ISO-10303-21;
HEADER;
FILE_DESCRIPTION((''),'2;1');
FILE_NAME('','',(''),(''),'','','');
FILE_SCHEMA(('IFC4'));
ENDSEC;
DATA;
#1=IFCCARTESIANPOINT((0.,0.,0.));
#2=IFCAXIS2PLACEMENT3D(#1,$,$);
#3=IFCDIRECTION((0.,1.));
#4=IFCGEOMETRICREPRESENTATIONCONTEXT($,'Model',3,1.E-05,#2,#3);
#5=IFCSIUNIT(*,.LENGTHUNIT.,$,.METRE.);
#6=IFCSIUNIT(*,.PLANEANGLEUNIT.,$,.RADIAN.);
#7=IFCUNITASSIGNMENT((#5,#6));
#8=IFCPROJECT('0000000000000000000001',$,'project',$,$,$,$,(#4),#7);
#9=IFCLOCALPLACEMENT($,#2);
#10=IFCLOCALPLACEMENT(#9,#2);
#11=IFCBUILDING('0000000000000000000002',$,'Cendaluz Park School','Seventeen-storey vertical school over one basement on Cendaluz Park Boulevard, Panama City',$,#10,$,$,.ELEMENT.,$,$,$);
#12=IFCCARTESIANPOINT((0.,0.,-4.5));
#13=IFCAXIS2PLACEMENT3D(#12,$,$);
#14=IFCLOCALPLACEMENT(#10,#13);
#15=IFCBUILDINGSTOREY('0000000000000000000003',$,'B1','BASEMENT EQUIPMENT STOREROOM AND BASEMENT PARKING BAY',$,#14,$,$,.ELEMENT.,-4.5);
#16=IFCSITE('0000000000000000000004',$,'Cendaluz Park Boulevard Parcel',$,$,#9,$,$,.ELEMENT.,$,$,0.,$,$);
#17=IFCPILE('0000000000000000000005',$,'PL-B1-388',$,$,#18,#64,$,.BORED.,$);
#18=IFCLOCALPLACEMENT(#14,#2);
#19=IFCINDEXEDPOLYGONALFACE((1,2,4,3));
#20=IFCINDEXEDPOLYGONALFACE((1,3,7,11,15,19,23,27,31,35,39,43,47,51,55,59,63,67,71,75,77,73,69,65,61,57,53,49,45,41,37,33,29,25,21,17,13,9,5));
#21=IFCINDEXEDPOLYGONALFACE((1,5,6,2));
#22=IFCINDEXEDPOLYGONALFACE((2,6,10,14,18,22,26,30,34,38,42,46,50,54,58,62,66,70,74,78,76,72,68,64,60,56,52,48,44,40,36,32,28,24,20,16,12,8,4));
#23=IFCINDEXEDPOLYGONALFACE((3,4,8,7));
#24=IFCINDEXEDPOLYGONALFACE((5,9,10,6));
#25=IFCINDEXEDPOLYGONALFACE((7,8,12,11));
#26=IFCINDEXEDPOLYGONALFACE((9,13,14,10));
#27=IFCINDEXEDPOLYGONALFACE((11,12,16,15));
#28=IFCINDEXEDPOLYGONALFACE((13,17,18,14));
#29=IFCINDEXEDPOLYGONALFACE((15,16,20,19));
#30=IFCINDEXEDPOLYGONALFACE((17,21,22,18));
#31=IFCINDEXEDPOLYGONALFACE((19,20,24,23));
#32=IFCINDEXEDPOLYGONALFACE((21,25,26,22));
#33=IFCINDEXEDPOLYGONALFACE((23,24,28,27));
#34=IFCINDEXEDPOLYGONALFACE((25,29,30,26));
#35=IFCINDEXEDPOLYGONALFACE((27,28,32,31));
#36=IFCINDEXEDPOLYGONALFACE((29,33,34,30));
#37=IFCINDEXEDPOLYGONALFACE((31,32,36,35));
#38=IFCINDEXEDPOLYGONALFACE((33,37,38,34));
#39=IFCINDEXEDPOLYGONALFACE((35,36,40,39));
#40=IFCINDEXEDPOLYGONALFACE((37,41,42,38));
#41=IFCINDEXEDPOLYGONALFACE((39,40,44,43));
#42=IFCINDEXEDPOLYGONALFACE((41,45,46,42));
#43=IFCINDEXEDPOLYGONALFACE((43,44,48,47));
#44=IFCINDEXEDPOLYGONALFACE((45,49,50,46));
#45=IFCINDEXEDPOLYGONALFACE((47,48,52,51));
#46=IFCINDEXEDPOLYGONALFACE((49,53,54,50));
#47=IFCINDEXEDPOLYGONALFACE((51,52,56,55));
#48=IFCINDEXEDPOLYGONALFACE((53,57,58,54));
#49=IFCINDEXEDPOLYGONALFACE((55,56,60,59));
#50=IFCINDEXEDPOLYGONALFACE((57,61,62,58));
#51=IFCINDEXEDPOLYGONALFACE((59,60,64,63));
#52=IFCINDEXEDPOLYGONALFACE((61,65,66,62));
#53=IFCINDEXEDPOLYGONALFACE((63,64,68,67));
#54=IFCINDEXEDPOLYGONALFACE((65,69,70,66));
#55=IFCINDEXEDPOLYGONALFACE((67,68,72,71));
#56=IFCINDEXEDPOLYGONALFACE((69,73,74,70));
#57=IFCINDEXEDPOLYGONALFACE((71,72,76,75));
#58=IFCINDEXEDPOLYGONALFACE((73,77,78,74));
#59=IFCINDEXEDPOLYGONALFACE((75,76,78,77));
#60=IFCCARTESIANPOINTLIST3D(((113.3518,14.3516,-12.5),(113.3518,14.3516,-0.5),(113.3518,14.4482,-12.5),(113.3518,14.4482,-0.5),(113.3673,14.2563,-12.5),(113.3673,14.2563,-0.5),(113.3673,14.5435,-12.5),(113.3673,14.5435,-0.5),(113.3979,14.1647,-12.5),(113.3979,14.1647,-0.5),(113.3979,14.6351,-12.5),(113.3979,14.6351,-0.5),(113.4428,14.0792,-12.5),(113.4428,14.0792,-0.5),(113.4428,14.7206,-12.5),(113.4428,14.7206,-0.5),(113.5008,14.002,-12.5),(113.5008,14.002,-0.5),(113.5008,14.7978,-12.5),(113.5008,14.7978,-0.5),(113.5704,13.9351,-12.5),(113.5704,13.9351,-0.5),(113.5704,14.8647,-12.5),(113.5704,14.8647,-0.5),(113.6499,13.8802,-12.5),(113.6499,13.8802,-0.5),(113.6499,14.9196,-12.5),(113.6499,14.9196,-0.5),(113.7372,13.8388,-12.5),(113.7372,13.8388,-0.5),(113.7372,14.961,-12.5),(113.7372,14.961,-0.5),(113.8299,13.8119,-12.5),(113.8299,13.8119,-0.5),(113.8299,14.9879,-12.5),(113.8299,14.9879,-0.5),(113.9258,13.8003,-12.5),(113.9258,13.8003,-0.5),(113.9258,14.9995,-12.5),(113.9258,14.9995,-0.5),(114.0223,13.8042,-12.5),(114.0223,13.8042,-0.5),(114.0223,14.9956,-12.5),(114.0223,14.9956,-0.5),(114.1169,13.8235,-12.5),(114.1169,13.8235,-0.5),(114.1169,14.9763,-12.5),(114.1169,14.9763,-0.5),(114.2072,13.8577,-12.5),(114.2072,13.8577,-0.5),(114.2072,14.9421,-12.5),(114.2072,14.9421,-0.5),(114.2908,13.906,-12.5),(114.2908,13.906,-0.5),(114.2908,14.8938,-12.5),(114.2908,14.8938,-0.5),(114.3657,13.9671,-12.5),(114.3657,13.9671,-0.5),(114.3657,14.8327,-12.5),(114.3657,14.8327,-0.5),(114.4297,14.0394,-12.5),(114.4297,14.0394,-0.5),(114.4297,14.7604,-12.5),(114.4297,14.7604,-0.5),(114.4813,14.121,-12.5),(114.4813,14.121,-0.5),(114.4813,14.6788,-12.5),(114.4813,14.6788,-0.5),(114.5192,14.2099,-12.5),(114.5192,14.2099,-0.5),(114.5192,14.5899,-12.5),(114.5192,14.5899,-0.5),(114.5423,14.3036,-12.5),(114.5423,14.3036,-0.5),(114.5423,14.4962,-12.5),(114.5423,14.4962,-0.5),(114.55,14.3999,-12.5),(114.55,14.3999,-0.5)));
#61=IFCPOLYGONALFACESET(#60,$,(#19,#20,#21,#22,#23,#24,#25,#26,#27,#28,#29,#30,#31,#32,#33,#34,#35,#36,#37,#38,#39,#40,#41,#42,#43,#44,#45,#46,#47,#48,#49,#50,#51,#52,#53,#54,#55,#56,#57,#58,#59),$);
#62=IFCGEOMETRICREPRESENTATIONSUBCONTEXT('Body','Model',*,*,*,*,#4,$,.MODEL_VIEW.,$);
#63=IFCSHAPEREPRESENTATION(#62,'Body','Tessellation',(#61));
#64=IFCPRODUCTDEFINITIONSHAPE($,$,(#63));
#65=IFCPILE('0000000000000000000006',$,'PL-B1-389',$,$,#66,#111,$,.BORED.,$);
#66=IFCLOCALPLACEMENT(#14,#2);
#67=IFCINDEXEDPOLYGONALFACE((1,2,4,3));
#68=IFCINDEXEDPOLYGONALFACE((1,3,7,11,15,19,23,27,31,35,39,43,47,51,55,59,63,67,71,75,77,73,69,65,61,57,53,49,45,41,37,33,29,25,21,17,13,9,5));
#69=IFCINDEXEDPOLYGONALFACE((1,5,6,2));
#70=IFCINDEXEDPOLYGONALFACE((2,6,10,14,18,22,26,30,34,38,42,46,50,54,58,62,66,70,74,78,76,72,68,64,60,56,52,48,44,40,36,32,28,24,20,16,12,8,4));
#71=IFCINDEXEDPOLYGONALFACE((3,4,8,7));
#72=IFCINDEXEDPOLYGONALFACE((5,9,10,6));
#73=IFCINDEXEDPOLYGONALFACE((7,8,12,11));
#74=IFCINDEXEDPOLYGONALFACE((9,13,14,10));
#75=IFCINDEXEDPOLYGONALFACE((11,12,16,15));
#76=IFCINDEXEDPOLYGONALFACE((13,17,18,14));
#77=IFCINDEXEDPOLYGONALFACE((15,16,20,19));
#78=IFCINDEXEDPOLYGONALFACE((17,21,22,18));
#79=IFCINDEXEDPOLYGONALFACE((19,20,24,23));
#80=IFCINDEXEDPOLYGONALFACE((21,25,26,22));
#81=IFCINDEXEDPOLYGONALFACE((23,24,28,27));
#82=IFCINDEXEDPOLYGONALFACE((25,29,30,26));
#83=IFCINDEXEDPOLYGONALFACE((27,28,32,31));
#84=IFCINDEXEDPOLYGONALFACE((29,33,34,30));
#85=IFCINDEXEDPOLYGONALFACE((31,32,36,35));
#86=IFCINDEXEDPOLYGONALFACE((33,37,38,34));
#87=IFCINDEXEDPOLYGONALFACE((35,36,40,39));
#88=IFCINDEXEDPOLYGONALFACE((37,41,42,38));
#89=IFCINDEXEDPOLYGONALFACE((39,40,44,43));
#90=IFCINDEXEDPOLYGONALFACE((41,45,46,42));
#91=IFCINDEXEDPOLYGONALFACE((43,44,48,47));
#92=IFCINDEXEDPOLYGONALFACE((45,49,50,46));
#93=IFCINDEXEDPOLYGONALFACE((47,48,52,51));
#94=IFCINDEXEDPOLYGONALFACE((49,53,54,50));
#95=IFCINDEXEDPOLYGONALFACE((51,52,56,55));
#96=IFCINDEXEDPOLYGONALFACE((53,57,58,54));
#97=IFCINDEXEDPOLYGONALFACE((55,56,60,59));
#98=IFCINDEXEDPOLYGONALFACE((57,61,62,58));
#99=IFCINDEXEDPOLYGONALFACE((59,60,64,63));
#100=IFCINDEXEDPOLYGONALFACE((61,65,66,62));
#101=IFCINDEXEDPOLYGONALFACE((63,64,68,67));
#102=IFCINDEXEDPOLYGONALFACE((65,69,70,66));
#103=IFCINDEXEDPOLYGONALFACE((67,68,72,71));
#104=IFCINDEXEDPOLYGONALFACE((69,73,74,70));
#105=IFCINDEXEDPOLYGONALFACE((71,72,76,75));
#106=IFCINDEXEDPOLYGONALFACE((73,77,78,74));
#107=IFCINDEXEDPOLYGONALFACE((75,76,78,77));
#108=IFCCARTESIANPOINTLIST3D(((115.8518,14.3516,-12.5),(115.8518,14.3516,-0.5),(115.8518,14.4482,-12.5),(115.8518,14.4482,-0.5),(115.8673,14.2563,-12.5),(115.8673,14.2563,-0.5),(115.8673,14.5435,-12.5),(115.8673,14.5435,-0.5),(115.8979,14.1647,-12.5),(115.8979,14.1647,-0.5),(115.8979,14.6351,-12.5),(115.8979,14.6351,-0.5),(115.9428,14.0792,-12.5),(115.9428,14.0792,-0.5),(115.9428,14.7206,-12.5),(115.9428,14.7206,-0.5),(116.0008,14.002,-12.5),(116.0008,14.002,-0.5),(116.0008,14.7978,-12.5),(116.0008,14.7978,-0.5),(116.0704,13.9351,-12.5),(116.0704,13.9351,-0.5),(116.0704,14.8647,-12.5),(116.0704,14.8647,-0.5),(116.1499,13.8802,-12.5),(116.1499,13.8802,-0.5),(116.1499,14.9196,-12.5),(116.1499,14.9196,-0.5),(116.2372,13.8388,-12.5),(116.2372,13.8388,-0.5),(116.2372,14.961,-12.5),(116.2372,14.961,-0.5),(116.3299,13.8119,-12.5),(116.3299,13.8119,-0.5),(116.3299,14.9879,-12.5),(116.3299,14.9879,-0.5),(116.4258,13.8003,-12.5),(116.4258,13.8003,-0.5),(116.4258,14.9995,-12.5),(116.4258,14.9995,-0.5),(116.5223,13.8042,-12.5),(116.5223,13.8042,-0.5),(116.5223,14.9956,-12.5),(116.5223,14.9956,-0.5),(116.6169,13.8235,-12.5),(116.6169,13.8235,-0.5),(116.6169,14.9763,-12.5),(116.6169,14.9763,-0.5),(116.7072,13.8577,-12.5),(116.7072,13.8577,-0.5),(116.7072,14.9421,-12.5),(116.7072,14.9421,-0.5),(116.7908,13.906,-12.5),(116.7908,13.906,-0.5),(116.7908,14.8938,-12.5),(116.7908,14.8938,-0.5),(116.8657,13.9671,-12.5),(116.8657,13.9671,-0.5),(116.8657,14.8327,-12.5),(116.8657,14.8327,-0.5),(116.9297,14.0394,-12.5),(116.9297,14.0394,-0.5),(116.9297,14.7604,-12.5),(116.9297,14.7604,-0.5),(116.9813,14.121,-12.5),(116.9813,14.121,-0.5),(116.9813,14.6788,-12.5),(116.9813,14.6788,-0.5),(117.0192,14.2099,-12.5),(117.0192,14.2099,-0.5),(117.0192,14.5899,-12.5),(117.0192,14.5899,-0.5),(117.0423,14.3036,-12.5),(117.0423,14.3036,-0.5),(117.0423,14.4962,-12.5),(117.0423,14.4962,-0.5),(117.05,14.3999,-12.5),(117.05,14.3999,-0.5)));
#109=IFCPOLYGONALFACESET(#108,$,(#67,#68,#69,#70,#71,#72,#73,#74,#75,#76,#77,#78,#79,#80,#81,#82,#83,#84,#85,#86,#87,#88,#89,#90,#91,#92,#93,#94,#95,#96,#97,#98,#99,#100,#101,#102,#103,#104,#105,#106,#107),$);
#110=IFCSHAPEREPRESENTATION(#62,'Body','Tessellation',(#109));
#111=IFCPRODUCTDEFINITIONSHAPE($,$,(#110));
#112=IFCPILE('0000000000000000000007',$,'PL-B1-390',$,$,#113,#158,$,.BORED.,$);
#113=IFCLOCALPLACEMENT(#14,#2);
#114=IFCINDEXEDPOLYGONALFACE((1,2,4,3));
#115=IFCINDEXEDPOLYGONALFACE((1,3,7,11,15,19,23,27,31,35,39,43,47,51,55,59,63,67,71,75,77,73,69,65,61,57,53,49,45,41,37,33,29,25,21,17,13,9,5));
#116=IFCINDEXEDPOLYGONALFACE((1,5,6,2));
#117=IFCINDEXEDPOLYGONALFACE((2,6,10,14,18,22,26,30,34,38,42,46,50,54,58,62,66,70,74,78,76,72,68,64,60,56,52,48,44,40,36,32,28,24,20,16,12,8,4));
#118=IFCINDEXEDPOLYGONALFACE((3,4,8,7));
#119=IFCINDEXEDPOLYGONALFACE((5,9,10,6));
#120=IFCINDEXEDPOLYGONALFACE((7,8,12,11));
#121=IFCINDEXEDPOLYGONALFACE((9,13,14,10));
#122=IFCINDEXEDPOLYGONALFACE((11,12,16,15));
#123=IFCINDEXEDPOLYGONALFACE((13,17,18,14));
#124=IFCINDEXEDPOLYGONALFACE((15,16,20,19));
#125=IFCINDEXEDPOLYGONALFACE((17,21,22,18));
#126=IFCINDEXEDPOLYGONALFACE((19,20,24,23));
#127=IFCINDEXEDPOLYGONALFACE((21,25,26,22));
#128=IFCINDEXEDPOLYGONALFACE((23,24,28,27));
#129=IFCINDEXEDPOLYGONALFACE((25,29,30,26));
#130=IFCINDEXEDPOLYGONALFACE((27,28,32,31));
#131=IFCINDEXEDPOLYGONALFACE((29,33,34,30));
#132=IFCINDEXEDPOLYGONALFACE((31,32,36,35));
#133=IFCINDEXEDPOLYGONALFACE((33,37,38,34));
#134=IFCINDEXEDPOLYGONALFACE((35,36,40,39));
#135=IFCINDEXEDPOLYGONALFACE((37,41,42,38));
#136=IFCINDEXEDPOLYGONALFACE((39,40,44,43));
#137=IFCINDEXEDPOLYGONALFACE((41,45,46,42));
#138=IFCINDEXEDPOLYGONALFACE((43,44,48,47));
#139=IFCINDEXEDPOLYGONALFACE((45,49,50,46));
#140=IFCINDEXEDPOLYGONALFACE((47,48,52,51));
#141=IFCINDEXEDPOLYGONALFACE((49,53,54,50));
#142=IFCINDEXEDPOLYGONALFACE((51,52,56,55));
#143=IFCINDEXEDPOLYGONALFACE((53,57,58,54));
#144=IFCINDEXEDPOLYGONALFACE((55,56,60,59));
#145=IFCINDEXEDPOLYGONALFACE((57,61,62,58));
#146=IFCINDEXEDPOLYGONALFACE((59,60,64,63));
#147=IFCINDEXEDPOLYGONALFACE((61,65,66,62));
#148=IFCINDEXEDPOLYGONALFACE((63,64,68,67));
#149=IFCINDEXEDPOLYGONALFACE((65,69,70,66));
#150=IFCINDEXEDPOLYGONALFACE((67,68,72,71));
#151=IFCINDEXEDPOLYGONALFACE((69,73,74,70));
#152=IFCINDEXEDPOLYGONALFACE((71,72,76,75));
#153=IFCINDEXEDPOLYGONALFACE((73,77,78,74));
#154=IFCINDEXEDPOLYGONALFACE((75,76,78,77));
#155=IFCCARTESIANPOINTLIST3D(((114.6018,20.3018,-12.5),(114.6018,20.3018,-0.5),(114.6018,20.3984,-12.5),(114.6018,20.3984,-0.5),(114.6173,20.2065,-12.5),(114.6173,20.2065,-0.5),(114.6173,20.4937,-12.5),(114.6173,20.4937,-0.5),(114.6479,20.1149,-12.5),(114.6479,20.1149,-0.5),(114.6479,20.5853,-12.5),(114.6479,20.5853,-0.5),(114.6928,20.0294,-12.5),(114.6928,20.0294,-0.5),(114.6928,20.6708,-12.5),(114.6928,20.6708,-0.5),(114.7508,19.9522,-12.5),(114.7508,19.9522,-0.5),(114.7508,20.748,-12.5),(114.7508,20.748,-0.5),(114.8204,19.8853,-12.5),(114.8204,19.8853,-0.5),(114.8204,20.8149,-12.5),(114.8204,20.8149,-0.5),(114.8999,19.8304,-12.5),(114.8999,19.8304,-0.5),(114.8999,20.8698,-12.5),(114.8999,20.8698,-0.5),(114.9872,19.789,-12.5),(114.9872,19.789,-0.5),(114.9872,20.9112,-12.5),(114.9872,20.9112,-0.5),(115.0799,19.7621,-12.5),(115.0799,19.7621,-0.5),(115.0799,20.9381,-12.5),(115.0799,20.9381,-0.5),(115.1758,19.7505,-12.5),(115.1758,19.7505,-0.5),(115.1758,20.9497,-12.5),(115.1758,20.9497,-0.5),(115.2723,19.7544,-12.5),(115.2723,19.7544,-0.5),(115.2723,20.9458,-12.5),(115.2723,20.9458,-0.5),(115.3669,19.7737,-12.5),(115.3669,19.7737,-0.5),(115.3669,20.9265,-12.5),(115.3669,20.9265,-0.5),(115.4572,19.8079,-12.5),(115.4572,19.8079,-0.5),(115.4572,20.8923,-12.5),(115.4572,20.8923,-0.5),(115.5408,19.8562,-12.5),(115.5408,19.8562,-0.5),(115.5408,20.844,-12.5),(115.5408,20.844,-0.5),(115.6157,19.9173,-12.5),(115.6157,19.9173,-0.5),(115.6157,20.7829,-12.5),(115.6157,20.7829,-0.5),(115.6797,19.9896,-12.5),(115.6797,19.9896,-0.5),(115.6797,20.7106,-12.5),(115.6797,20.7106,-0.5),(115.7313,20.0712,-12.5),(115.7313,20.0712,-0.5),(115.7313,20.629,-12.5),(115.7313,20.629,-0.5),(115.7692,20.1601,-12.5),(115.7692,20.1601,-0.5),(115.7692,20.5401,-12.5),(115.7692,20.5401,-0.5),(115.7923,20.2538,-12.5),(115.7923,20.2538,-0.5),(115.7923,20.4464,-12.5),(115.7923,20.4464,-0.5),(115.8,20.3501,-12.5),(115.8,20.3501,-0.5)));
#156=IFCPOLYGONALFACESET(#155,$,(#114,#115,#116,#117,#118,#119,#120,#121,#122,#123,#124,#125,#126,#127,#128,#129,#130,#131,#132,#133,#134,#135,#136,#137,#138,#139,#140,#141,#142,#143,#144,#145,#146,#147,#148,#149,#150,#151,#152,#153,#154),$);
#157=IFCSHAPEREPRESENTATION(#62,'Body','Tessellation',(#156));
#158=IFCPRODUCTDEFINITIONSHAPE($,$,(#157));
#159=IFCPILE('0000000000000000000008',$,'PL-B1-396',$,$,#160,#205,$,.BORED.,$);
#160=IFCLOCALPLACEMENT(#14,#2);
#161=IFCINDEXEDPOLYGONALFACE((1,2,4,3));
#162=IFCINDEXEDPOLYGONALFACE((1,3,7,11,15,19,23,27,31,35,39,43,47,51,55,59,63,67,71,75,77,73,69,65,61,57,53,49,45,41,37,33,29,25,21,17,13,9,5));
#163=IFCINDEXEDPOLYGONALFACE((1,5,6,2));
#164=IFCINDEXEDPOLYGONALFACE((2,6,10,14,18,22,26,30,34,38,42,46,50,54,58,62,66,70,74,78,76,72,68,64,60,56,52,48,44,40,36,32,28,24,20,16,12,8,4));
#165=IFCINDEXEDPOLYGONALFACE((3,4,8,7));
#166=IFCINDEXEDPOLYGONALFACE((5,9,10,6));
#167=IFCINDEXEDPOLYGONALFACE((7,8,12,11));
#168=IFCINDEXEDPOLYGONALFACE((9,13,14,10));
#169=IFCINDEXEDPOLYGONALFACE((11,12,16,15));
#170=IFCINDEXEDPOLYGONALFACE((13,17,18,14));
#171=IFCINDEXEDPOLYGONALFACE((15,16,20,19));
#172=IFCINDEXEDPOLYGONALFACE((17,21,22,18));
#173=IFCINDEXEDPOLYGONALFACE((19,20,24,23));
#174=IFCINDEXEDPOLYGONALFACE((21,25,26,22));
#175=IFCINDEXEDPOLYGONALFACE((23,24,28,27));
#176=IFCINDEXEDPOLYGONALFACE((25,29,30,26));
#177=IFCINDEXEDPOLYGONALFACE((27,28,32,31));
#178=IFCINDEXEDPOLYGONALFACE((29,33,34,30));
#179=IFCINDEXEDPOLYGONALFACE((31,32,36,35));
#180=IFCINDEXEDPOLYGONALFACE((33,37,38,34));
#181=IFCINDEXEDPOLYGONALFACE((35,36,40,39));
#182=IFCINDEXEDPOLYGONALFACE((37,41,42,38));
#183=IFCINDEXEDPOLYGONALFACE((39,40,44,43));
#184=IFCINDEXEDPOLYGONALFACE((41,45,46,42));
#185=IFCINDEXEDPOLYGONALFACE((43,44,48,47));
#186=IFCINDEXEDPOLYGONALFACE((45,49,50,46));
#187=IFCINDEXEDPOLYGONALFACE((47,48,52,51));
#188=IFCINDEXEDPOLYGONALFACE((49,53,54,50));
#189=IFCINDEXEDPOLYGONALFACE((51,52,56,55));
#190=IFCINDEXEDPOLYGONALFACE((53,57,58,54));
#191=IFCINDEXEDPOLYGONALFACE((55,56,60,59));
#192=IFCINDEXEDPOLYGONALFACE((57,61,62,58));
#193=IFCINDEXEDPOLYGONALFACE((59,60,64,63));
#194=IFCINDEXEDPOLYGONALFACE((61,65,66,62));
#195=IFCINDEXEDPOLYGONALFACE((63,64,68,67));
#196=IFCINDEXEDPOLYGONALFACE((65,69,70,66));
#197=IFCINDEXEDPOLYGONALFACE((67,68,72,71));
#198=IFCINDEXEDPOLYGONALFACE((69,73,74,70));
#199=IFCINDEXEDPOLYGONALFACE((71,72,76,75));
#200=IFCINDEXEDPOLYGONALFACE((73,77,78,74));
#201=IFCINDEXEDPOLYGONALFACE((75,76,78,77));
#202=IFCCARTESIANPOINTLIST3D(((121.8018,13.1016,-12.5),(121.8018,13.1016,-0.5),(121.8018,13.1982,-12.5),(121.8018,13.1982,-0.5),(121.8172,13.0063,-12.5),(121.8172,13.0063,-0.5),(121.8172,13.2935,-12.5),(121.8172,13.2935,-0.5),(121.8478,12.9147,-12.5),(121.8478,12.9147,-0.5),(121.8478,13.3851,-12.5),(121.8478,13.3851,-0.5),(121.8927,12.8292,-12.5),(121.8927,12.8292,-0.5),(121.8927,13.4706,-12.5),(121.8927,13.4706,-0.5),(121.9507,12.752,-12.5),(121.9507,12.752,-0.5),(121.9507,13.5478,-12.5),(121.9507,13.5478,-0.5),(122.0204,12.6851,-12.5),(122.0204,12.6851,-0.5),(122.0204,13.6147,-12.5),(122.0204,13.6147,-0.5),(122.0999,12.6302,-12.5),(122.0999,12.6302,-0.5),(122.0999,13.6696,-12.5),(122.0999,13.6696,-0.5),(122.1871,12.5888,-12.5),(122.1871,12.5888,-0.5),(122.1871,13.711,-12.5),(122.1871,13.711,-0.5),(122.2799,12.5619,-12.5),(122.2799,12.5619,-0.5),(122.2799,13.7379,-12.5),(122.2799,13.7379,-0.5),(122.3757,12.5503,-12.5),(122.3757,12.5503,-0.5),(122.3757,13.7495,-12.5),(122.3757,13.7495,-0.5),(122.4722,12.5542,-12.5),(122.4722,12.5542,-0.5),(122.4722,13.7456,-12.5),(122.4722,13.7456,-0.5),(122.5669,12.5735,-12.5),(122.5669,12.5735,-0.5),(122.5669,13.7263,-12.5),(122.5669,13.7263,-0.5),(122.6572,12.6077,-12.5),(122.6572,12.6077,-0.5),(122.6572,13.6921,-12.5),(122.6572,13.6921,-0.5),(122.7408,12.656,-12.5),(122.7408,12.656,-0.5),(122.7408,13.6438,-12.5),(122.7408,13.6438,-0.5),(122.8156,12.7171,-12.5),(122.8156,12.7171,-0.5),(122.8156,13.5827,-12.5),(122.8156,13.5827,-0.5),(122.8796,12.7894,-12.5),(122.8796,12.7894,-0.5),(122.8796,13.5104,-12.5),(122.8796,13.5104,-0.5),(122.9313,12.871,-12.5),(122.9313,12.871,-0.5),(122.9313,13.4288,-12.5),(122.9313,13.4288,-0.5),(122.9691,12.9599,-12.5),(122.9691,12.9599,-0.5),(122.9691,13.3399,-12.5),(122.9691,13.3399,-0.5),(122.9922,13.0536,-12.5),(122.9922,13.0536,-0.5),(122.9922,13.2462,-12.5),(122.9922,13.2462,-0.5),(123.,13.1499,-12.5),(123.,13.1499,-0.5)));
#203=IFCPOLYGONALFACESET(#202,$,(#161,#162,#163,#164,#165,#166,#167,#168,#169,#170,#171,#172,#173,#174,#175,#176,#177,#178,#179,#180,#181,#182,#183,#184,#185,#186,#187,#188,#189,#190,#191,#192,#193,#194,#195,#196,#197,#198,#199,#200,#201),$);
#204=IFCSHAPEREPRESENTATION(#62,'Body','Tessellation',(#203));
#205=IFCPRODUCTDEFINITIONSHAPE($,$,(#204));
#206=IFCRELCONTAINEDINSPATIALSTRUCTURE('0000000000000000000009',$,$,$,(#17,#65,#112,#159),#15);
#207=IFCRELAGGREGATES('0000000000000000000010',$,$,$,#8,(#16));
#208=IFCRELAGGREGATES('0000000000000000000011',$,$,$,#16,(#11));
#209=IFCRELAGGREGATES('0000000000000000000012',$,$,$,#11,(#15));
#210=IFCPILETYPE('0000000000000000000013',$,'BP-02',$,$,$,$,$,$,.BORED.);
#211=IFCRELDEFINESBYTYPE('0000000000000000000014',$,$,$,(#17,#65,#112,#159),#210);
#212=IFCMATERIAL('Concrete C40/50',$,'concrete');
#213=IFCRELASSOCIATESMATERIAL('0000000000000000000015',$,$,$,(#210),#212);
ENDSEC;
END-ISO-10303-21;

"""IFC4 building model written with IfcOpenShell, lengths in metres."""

from ifc_helpers import new_model, si_unit, direction, frame, origin, origin_2d, place, context, subcontext, project, spatial, circle, extrude, material, material_profile, profile_set, type_object, element, save


model = new_model("IFC4")

# Units and contexts
model_context = context("Model", 3, precision=1e-05, world=origin(), true_north=direction((0.0, 1.0)))
body_context = subcontext(model_context, "Body", "Model", "MODEL_VIEW")
ifc_project = project(units=[si_unit("LENGTHUNIT", "METRE"), si_unit("PLANEANGLEUNIT", "RADIAN")], contexts=[model_context])

# Site, building, storey
site_placement = place(None, origin())
site = spatial("IfcSite", under=ifc_project, at=site_placement, Name="Cendaluz Park Boulevard Parcel", CompositionType="ELEMENT", RefElevation=0.0)
building_placement = place(site_placement, origin())
building = spatial("IfcBuilding", under=site, at=building_placement, Name="Cendaluz Park School", Description="Seventeen-storey vertical school over one basement on Cendaluz Park Boulevard, Panama City", CompositionType="ELEMENT")
storey_placement = place(building_placement, frame((0.0, 0.0, -4.5)))
storey = spatial("IfcBuildingStorey", under=building, at=storey_placement, Name="B1", Description="BASEMENT EQUIPMENT STOREROOM AND BASEMENT PARKING BAY", CompositionType="ELEMENT", Elevation=-4.5)

# Piles
ifc_material_1 = material(Name="Concrete C40/50", Category="concrete")
ifc_material_profile_1 = material_profile(ifc_material_1, circle(Radius=0.6001, at=origin_2d()), Name="BP D1200", Category="concrete")
ifc_profile_set_1 = profile_set([ifc_material_profile_1], Name="Concrete C40/50")
pile_type = type_object("IfcPileType", Name="BP-02", PredefinedType="BORED", material=ifc_profile_set_1)
for number, where, z_axis, x_axis, name in (
    (1, (113.95, 14.3999, -0.5), (0.0, 0.0, -1.0), (1.0, 0.0, 0.0), "PL-B1-388"),
    (2, (116.45, 14.3999, -0.5), (0.0, 0.0, -1.0), (1.0, 0.0, 0.0), "PL-B1-389"),
    (3, (115.2, 20.3501, -0.5), (0.0, 0.0, -1.0), (1.0, 0.0, 0.0), "PL-B1-390"),
    (4, (122.3999, 13.1499, -0.5), (0.0, 0.0, -1.0), (1.0, 0.0, 0.0), "PL-B1-396"),
):
    element("IfcPile", number, at=place(storey_placement, frame(where, z_axis=z_axis, x_axis=x_axis)), inside=storey, type_object=pile_type, Name=name, PredefinedType="BORED", context=body_context, shape_type="SweptSolid", body=[
        extrude(circle(Radius=0.6001, at=origin_2d()), origin(), (0.0, 0.0, 1.0), 12.0),
    ])

save(model, "model.ifc")
